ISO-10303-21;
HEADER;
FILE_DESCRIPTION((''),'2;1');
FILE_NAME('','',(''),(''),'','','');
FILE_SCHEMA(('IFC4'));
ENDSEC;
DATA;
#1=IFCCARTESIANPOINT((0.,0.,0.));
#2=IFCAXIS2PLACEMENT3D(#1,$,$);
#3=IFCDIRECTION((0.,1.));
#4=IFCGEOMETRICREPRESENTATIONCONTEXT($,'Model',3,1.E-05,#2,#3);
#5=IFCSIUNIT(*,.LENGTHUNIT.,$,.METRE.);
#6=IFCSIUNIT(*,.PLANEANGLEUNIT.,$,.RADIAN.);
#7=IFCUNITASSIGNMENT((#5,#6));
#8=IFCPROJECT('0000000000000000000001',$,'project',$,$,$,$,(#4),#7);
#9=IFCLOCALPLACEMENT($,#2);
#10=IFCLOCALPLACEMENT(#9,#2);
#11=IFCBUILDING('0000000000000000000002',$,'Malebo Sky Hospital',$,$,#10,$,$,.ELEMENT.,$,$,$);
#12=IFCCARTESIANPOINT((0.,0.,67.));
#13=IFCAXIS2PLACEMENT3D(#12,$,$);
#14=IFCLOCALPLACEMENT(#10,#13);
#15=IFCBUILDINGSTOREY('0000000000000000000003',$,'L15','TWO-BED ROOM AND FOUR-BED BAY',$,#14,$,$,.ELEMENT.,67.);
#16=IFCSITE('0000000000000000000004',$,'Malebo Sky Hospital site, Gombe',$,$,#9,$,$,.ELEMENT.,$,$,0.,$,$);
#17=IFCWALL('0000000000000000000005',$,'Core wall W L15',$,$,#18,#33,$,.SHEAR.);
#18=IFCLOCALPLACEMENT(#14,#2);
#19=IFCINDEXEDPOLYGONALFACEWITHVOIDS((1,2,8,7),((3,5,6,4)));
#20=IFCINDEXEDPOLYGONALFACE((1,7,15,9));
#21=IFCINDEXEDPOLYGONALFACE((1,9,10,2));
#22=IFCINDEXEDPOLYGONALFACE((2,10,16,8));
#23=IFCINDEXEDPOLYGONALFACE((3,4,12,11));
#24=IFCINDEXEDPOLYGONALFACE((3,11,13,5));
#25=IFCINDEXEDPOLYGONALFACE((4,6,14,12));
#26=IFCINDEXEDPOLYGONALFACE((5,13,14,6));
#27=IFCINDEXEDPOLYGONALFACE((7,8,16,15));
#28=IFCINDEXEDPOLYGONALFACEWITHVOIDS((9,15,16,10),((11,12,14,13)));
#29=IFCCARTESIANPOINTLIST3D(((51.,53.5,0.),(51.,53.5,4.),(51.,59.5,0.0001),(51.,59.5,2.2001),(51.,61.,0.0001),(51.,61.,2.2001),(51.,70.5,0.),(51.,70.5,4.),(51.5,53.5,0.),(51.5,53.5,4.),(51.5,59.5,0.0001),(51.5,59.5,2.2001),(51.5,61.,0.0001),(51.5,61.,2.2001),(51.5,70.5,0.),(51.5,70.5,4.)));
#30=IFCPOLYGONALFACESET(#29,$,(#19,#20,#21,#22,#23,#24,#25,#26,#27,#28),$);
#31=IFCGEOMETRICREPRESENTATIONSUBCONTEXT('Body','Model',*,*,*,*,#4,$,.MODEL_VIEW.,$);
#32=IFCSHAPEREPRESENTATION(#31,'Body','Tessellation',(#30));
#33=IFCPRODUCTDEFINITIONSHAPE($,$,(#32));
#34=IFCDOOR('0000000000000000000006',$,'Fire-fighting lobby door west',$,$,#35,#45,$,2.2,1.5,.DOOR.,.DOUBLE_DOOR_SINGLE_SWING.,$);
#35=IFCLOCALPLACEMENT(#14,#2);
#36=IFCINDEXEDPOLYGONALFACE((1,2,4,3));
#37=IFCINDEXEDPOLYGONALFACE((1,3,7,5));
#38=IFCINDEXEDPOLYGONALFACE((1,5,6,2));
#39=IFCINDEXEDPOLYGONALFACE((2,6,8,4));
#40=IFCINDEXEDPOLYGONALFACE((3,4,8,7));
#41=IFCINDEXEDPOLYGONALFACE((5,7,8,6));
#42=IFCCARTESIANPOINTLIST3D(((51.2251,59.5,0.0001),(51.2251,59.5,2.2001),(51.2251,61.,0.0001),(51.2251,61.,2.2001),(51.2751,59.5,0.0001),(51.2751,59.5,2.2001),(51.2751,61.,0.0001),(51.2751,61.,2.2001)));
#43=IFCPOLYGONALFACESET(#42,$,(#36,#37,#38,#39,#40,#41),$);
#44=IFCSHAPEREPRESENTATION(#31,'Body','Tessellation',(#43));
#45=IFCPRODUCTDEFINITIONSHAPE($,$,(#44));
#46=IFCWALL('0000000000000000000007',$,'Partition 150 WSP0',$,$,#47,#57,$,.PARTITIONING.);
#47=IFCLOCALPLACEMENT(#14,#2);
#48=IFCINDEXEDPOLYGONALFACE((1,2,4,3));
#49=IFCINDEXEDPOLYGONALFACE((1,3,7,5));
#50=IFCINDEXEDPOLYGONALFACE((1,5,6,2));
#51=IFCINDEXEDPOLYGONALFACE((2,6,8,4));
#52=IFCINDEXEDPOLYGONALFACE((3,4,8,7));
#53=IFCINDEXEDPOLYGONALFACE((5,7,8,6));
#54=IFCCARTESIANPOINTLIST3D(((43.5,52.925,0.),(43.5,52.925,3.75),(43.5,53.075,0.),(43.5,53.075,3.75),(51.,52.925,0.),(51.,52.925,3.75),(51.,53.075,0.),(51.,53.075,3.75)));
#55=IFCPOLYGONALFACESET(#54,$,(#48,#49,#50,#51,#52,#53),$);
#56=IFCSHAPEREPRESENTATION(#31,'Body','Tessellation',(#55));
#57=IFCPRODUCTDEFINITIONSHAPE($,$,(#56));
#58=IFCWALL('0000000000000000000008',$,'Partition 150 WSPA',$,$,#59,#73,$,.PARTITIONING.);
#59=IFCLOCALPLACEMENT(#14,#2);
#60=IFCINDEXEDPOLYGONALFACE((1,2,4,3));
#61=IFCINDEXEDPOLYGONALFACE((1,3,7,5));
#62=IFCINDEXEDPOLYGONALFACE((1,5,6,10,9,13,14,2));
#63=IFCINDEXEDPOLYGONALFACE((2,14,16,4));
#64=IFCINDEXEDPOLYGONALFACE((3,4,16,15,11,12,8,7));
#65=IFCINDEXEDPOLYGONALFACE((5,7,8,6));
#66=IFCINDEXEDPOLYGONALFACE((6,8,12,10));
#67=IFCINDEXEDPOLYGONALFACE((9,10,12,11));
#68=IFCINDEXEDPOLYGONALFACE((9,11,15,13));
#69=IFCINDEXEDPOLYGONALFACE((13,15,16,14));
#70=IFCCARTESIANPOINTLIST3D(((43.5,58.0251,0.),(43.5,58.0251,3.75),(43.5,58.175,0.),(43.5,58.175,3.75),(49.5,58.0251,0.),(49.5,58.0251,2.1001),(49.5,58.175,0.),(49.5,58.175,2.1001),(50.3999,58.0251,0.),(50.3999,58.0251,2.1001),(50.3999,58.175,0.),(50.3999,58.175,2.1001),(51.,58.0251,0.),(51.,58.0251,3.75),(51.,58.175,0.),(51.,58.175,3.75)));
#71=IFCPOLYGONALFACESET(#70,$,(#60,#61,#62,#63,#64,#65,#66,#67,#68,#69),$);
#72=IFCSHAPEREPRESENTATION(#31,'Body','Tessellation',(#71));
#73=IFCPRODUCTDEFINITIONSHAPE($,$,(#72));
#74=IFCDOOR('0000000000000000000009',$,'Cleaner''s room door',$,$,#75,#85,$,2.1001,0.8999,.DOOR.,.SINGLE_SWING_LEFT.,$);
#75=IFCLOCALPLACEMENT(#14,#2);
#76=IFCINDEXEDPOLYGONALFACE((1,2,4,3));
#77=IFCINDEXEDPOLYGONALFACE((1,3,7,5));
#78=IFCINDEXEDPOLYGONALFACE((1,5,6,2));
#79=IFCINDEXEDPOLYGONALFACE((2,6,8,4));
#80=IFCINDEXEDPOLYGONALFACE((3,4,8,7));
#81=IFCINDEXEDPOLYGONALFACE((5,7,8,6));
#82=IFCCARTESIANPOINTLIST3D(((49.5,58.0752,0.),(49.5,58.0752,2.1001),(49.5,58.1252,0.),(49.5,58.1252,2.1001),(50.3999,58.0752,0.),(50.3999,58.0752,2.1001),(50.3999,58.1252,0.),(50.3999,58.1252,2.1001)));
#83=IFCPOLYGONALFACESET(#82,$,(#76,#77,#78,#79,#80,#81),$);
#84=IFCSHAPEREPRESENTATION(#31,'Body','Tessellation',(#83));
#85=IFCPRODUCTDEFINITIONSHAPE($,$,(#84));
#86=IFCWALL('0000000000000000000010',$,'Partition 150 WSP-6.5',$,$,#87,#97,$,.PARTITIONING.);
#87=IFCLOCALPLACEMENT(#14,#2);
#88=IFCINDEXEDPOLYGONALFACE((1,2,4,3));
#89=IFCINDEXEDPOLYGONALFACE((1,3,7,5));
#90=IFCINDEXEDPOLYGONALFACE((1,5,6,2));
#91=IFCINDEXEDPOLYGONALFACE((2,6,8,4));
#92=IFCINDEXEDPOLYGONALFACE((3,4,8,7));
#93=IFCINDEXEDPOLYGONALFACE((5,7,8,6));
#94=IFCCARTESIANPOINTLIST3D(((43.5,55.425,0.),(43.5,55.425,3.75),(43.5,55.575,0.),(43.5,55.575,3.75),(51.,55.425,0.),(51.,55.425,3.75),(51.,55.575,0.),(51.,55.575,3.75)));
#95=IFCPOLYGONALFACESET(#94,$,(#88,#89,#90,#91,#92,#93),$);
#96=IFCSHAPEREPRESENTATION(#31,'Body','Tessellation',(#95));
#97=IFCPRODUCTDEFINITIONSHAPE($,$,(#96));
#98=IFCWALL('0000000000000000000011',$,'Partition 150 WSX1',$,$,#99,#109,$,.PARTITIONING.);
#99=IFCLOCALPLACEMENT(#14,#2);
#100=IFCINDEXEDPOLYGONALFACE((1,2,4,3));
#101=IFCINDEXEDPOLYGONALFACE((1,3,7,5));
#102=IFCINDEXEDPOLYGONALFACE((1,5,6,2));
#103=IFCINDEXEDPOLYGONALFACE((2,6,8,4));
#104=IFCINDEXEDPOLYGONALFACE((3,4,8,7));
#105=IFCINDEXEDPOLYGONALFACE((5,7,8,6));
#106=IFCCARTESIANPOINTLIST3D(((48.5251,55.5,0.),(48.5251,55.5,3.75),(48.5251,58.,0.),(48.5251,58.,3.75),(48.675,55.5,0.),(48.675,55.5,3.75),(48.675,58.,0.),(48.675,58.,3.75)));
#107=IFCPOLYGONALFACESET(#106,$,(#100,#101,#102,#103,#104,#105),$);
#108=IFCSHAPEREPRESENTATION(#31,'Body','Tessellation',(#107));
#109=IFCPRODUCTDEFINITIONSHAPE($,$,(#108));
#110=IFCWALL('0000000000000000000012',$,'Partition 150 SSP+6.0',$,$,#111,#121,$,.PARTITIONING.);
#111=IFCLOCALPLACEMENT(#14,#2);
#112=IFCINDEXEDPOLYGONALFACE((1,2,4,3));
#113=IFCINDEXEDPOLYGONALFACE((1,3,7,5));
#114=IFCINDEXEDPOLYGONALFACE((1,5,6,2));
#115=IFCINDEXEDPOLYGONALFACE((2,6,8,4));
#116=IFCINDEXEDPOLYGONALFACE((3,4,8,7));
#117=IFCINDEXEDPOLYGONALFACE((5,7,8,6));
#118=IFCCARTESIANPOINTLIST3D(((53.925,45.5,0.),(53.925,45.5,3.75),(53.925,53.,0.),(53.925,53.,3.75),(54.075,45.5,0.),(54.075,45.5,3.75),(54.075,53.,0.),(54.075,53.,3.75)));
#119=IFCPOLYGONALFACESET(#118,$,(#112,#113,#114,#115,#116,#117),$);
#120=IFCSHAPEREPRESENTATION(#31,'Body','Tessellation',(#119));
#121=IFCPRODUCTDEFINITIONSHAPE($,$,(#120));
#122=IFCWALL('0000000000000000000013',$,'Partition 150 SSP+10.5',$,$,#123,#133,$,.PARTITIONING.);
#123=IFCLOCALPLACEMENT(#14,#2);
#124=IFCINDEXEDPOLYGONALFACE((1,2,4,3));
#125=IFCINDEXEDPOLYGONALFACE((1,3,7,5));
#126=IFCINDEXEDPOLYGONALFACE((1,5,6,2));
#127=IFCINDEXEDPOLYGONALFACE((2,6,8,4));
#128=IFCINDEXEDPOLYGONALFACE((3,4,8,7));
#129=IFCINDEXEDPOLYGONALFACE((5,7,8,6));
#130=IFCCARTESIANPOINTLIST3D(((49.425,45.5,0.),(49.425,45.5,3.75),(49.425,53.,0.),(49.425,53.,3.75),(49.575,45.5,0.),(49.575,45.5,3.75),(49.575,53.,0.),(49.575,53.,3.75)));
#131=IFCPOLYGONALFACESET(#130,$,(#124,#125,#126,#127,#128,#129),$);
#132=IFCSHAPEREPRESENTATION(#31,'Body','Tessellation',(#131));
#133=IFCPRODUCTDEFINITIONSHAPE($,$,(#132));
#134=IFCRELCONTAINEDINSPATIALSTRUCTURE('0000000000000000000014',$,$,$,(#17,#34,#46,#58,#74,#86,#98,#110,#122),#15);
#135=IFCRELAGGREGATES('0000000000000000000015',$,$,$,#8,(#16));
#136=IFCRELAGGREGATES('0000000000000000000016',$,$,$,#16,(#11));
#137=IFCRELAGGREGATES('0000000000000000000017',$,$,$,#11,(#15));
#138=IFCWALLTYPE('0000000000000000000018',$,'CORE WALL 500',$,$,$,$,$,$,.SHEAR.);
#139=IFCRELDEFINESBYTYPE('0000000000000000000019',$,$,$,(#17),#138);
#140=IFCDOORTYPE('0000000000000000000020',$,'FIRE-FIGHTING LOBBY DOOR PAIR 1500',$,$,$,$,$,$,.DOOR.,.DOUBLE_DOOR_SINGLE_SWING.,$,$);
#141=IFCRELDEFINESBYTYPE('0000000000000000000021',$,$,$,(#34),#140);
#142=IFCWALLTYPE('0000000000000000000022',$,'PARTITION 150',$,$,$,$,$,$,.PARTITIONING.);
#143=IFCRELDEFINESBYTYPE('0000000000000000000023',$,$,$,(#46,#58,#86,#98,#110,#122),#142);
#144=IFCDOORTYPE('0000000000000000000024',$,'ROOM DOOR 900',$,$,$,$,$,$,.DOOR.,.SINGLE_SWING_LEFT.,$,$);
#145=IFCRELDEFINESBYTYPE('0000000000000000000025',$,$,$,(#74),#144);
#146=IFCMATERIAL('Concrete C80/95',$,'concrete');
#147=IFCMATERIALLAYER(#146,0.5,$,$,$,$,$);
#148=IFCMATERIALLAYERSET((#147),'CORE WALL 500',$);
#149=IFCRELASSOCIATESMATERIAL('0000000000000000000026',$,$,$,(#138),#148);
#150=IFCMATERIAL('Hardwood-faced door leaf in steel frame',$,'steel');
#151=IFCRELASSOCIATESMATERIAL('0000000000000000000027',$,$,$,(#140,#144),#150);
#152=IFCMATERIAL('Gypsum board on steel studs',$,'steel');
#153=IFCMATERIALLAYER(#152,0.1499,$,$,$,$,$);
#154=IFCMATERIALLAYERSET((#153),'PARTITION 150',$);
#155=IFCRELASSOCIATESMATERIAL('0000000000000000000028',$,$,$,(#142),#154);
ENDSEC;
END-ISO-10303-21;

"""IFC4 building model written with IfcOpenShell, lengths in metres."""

from ifc_helpers import new_model, si_unit, direction, frame, frame_2d, origin, place, context, subcontext, project, spatial, rectangle, extrude, material, layer, layer_set, type_object, element, fill, save


model = new_model("IFC4")

# Units and contexts
model_context = context("Model", 3, precision=1e-05, world=origin(), true_north=direction((0.0, 1.0)))
body_context = subcontext(model_context, "Body", "Model", "MODEL_VIEW")
ifc_project = project(units=[si_unit("LENGTHUNIT", "METRE"), si_unit("PLANEANGLEUNIT", "RADIAN")], contexts=[model_context])

# Site, building, storey
site_placement = place(None, origin())
site = spatial("IfcSite", under=ifc_project, at=site_placement, Name="Malebo Sky Hospital site, Gombe", CompositionType="ELEMENT", RefElevation=0.0)
building_placement = place(site_placement, origin())
building = spatial("IfcBuilding", under=site, at=building_placement, Name="Malebo Sky Hospital", CompositionType="ELEMENT")
storey_placement = place(building_placement, frame((0.0, 0.0, 67.0)))
storey = spatial("IfcBuildingStorey", under=building, at=storey_placement, Name="L15", Description="TWO-BED ROOM AND FOUR-BED BAY", CompositionType="ELEMENT", Elevation=67.0)

# Shared definitions
ifc_material_1 = material(Name="Concrete C80/95", Category="concrete")

# Wall, opening, door
ifc_layer_1 = layer(ifc_material_1, 0.5)
ifc_layer_set_1 = layer_set([ifc_layer_1], Name="CORE WALL 500")
wall_type_1 = type_object("IfcWallType", Name="CORE WALL 500", PredefinedType="SHEAR", material=ifc_layer_set_1)
ifc_material_2 = material(Name="Hardwood-faced door leaf in steel frame", Category="steel")
wall_1_placement = place(storey_placement, frame((51.25, 53.5, 0.0), z_axis=(0.0, 0.0, 1.0), x_axis=(0.0, 1.0, 0.0)))
wall_1 = element("IfcWall", 1, at=wall_1_placement, inside=storey, type_object=wall_type_1, Name="Core wall W L15", PredefinedType="SHEAR", context=body_context, shape_type="SweptSolid", body=[
    extrude(rectangle(XDim=17.0, YDim=0.5, at=frame_2d((8.5, 0.0))), origin(), (0.0, 0.0, 1.0), 4.0),
])
opening_1_placement = place(wall_1_placement, frame((6.0, 0.0, 0.0)))
opening_1 = element("IfcOpeningElement", 2, at=opening_1_placement, cuts=wall_1, PredefinedType="OPENING", context=body_context, shape_type="SweptSolid", body=[
    extrude(rectangle(XDim=1.5, YDim=2.2, at=frame_2d((0.75, 1.1001))), frame((0.0, 0.26, 0.0), z_axis=(0.0, -1.0, 0.0), x_axis=(1.0, 0.0, 0.0)), (0.0, 0.0, 1.0), 0.52),
])
door_type_1 = type_object("IfcDoorType", Name="FIRE-FIGHTING LOBBY DOOR PAIR 1500", OperationType="DOUBLE_DOOR_SINGLE_SWING", PredefinedType="DOOR", material=ifc_material_2)
door_1_placement = place(opening_1_placement, origin())
door_1 = element("IfcDoor", 3, at=door_1_placement, inside=storey, type_object=door_type_1, Name="Fire-fighting lobby door west", OperationType="DOUBLE_DOOR_SINGLE_SWING", OverallHeight=2.2, OverallWidth=1.5, PredefinedType="DOOR", context=body_context, shape_type="SweptSolid", body=[
    extrude(rectangle(XDim=1.5, YDim=2.2, at=frame_2d((0.75, 1.1001))), frame((0.0, 0.0249, 0.0), z_axis=(0.0, -1.0, 0.0), x_axis=(1.0, 0.0, 0.0)), (0.0, 0.0, 1.0), 0.05),
])
fill(opening_1, door_1)

# Wall
ifc_material_3 = material(Name="Gypsum board on steel studs", Category="steel")
ifc_layer_2 = layer(ifc_material_3, 0.1499)
ifc_layer_set_2 = layer_set([ifc_layer_2], Name="PARTITION 150")
wall_type_2 = type_object("IfcWallType", Name="PARTITION 150", PredefinedType="PARTITIONING", material=ifc_layer_set_2)
wall_2_placement = place(storey_placement, frame((51.0, 53.0, 0.0), z_axis=(0.0, 0.0, 1.0), x_axis=(-1.0, 0.0, 0.0)))
element("IfcWall", 4, at=wall_2_placement, inside=storey, type_object=wall_type_2, Name="Partition 150 WSP0", PredefinedType="PARTITIONING", context=body_context, shape_type="SweptSolid", body=[
    extrude(rectangle(XDim=7.5, YDim=0.1499, at=frame_2d((3.75, 0.0))), origin(), (0.0, 0.0, 1.0), 3.75),
])

# Wall, opening, door
wall_3_placement = place(storey_placement, frame((51.0, 58.1001, 0.0), z_axis=(0.0, 0.0, 1.0), x_axis=(-1.0, 0.0, 0.0)))
wall_3 = element("IfcWall", 5, at=wall_3_placement, inside=storey, type_object=wall_type_2, Name="Partition 150 WSPA", PredefinedType="PARTITIONING", context=body_context, shape_type="SweptSolid", body=[
    extrude(rectangle(XDim=7.5, YDim=0.1499, at=frame_2d((3.75, 0.0))), origin(), (0.0, 0.0, 1.0), 3.75),
])
opening_2_placement = place(wall_3_placement, frame((0.6001, 0.0, 0.0)))
opening_2 = element("IfcOpeningElement", 6, at=opening_2_placement, cuts=wall_3, PredefinedType="OPENING", context=body_context, shape_type="SweptSolid", body=[
    extrude(rectangle(XDim=0.8999, YDim=2.1001, at=frame_2d((0.45, 1.05))), frame((0.0, 0.085, 0.0), z_axis=(0.0, -1.0, 0.0), x_axis=(1.0, 0.0, 0.0)), (0.0, 0.0, 1.0), 0.1699),
])
door_type_2 = type_object("IfcDoorType", Name="ROOM DOOR 900", OperationType="SINGLE_SWING_LEFT", PredefinedType="DOOR", material=ifc_material_2)
door_2_placement = place(opening_2_placement, origin())
door_2 = element("IfcDoor", 7, at=door_2_placement, inside=storey, type_object=door_type_2, Name="Cleaner's room door", OperationType="SINGLE_SWING_LEFT", OverallHeight=2.1001, OverallWidth=0.8999, PredefinedType="DOOR", context=body_context, shape_type="SweptSolid", body=[
    extrude(rectangle(XDim=0.8999, YDim=2.1001, at=frame_2d((0.45, 1.05))), frame((0.0, 0.0249, 0.0), z_axis=(0.0, -1.0, 0.0), x_axis=(1.0, 0.0, 0.0)), (0.0, 0.0, 1.0), 0.05),
])
fill(opening_2, door_2)

# Walls
wall_4_placement = place(storey_placement, frame((51.0, 55.5, 0.0), z_axis=(0.0, 0.0, 1.0), x_axis=(-1.0, 0.0, 0.0)))
element("IfcWall", 8, at=wall_4_placement, inside=storey, type_object=wall_type_2, Name="Partition 150 WSP-6.5", PredefinedType="PARTITIONING", context=body_context, shape_type="SweptSolid", body=[
    extrude(rectangle(XDim=7.5, YDim=0.1499, at=frame_2d((3.75, 0.0))), origin(), (0.0, 0.0, 1.0), 3.75),
])
wall_5_placement = place(storey_placement, frame((48.6001, 55.5, 0.0), z_axis=(0.0, 0.0, 1.0), x_axis=(0.0, 1.0, 0.0)))
element("IfcWall", 9, at=wall_5_placement, inside=storey, type_object=wall_type_2, Name="Partition 150 WSX1", PredefinedType="PARTITIONING", context=body_context, shape_type="SweptSolid", body=[
    extrude(rectangle(XDim=2.5, YDim=0.1499, at=frame_2d((1.25, 0.0))), origin(), (0.0, 0.0, 1.0), 3.75),
])
for number, where, z_axis, x_axis, name in (
    (10, (54.0, 53.0, 0.0), (0.0, 0.0, 1.0), (0.0, -1.0, 0.0), "Partition 150 SSP+6.0"),
    (11, (49.5, 53.0, 0.0), (0.0, 0.0, 1.0), (0.0, -1.0, 0.0), "Partition 150 SSP+10.5"),
):
    element("IfcWall", number, at=place(storey_placement, frame(where, z_axis=z_axis, x_axis=x_axis)), inside=storey, type_object=wall_type_2, Name=name, PredefinedType="PARTITIONING", context=body_context, shape_type="SweptSolid", body=[
        extrude(rectangle(XDim=7.5, YDim=0.1499, at=frame_2d((3.75, 0.0))), origin(), (0.0, 0.0, 1.0), 3.75),
    ])

save(model, "model.ifc")
